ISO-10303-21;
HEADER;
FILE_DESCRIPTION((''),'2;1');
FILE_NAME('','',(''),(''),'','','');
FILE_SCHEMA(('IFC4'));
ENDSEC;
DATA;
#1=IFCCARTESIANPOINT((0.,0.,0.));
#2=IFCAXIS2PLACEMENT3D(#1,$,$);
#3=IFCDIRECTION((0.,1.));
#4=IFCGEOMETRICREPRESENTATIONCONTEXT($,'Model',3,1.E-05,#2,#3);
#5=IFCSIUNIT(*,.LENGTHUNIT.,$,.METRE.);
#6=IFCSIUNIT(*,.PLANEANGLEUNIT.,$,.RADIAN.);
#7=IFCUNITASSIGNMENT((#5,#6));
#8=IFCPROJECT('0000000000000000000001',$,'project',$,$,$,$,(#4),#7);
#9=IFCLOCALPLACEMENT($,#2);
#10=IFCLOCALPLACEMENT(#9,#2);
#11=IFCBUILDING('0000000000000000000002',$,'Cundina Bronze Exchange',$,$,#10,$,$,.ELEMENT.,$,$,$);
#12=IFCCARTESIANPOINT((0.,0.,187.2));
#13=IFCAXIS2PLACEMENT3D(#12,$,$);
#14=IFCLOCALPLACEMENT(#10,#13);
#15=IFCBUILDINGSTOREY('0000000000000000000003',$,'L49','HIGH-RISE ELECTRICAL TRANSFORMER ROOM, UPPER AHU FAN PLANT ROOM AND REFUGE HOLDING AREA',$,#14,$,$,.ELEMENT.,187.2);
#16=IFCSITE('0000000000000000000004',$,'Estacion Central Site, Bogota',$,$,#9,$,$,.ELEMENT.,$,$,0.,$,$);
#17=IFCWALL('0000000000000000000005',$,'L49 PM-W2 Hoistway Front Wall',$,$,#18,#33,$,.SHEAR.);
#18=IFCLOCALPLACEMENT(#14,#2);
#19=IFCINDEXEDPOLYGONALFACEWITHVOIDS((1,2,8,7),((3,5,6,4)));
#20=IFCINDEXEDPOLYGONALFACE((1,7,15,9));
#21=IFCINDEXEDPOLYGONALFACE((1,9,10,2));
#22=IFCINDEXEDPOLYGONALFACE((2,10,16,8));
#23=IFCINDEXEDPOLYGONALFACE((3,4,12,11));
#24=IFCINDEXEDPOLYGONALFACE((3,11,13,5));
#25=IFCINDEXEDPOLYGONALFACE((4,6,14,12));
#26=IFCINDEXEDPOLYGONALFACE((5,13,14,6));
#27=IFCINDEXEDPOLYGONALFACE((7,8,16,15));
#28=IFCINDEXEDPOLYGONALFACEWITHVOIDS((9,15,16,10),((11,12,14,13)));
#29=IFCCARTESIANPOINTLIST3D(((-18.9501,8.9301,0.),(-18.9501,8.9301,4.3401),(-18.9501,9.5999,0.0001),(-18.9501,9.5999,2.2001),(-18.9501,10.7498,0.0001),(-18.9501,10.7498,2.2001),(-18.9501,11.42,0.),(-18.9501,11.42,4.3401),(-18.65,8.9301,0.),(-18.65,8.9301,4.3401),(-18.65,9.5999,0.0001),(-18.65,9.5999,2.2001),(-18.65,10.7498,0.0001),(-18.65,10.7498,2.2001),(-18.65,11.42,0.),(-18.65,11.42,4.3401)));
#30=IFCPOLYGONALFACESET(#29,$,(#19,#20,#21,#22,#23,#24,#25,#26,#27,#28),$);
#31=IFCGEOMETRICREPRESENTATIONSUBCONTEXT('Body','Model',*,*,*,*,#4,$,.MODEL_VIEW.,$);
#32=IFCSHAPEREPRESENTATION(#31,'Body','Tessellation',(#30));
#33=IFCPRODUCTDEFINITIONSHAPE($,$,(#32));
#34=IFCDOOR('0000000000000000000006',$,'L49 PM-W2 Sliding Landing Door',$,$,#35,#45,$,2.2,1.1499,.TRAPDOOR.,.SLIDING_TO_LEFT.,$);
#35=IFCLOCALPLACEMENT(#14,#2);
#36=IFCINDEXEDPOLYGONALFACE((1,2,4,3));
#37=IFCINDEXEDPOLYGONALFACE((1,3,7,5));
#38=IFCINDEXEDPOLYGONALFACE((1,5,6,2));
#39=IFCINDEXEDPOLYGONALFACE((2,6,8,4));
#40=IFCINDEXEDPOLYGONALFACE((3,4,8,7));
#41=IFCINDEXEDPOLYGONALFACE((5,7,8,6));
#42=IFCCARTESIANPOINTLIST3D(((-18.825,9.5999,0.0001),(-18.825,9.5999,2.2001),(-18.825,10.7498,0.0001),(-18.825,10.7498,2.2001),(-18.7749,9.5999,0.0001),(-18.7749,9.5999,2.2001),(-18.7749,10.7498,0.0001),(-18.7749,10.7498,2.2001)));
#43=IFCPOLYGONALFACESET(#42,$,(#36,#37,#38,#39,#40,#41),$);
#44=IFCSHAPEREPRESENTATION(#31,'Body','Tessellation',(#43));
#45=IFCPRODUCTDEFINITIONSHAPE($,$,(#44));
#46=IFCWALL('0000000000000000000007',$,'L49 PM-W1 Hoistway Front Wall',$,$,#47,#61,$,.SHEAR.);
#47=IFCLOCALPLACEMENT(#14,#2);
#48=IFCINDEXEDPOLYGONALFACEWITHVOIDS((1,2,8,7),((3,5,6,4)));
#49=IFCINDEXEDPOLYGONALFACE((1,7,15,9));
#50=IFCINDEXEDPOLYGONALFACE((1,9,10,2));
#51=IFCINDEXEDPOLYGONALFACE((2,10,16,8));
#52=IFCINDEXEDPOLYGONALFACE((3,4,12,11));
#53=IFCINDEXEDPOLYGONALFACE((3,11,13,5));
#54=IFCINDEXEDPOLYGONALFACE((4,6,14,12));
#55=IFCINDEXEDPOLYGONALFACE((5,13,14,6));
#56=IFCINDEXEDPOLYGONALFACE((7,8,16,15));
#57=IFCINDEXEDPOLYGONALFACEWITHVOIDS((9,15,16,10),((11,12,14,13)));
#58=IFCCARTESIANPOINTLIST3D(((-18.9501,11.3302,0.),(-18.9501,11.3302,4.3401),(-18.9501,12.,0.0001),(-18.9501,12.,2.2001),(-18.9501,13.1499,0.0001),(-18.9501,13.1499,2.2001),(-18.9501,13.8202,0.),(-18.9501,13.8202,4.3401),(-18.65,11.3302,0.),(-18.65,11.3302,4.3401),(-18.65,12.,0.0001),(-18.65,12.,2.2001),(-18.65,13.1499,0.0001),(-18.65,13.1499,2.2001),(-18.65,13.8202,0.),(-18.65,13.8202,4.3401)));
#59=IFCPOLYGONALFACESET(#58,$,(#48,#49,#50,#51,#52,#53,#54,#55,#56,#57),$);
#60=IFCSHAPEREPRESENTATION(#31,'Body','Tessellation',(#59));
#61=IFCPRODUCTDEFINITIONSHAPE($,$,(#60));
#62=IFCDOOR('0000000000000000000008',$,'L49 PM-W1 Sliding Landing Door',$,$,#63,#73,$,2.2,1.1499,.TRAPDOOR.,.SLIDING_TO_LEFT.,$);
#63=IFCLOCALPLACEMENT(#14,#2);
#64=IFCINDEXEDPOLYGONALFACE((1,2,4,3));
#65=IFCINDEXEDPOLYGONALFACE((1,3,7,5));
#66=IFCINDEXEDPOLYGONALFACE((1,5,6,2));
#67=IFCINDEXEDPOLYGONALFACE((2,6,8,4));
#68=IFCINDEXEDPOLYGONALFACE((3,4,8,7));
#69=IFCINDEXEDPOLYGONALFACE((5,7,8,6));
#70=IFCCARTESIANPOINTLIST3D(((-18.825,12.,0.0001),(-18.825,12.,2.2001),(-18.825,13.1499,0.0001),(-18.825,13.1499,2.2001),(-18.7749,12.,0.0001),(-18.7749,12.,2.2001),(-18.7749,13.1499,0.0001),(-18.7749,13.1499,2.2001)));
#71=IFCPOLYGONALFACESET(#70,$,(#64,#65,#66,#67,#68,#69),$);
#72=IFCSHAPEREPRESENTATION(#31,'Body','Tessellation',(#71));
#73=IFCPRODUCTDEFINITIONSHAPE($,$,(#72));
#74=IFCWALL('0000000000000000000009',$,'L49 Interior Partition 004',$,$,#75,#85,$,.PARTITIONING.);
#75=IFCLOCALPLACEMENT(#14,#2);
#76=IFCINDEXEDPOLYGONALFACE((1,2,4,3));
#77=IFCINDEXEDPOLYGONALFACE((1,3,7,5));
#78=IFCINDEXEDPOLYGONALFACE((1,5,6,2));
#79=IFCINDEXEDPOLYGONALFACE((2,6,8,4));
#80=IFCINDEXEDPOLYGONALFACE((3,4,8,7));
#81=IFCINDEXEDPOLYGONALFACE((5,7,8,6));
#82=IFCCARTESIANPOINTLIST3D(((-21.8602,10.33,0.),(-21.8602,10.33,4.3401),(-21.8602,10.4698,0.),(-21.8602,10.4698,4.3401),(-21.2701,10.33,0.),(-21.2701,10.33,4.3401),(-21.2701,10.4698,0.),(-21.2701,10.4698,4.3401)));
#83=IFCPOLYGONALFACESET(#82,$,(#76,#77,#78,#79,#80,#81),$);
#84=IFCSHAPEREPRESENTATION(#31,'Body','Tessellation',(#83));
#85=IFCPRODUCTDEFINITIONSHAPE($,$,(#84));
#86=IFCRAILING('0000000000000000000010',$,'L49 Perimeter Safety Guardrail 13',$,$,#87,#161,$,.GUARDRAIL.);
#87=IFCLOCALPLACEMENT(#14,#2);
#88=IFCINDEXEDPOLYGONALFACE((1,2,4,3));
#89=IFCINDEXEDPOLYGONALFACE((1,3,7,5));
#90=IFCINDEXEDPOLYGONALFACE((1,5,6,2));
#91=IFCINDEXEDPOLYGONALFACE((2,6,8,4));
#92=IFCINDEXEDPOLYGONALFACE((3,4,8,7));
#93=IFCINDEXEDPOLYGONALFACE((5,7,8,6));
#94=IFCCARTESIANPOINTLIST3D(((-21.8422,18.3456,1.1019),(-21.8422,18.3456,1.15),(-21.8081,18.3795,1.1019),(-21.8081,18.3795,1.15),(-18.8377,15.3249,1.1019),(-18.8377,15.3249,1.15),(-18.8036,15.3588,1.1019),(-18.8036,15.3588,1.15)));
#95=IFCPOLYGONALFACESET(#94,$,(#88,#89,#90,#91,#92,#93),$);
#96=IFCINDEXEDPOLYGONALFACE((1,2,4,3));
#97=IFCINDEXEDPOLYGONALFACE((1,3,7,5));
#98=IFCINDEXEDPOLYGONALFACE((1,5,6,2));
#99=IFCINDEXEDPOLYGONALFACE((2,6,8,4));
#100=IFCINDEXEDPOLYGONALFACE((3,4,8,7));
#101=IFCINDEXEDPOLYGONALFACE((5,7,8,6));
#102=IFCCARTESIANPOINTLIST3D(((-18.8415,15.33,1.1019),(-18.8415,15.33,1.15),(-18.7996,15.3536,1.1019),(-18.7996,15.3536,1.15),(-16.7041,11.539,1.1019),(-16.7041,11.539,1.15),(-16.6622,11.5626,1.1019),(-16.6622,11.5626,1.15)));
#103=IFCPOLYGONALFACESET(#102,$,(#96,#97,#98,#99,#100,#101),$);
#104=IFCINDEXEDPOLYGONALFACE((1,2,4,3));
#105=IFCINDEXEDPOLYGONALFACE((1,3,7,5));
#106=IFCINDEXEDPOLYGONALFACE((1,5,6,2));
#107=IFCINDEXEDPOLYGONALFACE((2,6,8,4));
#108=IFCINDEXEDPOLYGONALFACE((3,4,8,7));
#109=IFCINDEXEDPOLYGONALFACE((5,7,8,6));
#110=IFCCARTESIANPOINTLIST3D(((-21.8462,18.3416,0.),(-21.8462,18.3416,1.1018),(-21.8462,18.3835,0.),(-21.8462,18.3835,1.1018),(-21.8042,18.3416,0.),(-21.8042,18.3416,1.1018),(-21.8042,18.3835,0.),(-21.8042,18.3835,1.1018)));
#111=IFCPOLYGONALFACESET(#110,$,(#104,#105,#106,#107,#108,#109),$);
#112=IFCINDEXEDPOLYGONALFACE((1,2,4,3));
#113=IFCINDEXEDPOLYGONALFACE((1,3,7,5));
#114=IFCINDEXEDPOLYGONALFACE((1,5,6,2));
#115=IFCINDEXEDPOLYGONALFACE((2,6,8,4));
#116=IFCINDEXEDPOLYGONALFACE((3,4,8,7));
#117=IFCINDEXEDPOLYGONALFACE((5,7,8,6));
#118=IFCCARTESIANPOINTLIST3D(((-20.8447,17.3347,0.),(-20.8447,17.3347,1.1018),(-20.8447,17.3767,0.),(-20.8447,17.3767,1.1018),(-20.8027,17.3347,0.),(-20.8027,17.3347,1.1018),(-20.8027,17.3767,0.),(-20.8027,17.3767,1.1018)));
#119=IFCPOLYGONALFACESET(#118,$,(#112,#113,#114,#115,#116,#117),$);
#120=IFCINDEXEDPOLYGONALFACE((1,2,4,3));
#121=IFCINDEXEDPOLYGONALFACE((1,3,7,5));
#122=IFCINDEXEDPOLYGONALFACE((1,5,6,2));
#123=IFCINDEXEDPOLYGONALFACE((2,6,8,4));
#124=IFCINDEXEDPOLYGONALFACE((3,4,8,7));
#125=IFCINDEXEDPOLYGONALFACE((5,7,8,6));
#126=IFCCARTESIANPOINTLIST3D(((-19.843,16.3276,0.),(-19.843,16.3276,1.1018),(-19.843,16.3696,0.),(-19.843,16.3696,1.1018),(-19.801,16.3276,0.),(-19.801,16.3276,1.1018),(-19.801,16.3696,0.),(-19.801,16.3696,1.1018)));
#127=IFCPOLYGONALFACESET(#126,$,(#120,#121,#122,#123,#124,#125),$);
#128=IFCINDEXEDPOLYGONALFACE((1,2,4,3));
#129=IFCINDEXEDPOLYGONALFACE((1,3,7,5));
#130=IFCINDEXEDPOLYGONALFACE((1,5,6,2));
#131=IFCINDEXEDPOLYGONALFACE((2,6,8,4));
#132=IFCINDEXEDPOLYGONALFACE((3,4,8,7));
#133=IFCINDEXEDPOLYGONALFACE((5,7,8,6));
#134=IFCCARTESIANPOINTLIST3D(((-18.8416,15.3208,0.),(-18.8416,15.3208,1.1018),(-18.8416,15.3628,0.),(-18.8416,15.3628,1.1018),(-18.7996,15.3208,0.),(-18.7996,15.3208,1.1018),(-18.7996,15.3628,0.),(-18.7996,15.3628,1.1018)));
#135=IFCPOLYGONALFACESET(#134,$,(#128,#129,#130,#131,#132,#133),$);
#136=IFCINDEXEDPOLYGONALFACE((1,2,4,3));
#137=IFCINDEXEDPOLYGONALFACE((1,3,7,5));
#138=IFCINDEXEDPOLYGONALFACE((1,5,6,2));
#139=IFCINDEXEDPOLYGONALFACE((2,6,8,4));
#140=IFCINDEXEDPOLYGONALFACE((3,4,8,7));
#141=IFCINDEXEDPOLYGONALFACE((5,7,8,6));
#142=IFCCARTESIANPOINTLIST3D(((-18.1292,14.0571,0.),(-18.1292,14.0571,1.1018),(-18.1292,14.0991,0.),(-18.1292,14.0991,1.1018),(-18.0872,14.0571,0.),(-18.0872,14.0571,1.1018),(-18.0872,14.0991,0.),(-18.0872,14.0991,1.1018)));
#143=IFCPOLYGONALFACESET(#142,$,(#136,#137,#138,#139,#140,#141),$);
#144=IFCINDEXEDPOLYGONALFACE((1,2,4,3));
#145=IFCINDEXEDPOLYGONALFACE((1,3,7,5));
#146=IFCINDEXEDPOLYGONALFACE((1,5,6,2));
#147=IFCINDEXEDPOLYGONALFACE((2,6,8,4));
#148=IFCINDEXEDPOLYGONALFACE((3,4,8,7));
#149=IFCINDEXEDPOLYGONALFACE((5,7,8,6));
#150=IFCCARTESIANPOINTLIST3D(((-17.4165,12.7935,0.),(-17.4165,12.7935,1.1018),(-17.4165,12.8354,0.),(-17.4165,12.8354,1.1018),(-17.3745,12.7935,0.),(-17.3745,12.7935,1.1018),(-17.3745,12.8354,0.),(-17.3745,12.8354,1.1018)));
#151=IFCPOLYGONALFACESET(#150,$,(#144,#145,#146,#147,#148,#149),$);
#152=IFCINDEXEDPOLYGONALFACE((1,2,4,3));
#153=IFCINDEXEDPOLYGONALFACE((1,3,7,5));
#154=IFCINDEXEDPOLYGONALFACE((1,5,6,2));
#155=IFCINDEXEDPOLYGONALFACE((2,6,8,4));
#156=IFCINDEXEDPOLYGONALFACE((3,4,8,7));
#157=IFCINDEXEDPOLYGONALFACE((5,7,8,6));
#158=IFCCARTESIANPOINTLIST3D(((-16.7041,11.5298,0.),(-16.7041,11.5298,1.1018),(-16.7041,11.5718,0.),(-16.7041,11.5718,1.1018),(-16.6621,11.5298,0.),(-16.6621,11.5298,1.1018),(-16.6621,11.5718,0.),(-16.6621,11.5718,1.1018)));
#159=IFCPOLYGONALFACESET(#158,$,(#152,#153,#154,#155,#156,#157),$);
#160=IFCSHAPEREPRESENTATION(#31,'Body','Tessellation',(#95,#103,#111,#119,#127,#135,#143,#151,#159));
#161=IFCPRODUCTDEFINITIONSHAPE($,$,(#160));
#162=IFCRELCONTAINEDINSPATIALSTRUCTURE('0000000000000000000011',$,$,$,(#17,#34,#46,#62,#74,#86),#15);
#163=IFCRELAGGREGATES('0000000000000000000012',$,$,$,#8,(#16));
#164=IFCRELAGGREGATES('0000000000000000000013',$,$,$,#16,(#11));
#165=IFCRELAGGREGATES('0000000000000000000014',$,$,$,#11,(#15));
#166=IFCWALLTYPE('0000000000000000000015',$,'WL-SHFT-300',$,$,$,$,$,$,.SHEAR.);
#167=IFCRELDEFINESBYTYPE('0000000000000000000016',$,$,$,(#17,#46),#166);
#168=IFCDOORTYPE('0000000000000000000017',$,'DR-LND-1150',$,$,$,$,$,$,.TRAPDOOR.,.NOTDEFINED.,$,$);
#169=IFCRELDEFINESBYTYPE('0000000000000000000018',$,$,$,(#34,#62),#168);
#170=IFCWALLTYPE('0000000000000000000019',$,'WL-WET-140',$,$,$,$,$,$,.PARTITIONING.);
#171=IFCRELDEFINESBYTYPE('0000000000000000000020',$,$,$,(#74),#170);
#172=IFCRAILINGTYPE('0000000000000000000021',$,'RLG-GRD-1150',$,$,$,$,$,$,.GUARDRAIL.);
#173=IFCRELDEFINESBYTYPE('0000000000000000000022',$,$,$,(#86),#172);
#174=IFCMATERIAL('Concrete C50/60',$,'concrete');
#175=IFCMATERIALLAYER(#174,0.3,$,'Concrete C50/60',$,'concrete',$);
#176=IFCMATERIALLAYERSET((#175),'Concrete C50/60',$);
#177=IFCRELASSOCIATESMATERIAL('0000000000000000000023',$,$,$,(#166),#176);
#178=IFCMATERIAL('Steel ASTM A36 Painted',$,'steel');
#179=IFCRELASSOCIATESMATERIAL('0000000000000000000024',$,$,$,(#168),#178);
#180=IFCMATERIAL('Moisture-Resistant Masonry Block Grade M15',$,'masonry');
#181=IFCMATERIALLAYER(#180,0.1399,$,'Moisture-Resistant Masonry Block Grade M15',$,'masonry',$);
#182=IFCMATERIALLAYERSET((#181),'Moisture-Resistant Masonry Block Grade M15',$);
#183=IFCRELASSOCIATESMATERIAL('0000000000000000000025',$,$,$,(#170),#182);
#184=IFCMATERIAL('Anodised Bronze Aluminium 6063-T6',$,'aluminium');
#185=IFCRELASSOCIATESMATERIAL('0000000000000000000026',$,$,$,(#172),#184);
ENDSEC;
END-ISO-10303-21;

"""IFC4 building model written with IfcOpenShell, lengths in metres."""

from ifc_helpers import new_model, si_unit, direction, frame, frame_2d, origin, origin_2d, place, context, subcontext, project, spatial, rectangle, extrude, material, layer, layer_set, type_object, element, fill, save


model = new_model("IFC4")

# Units and contexts
model_context = context("Model", 3, precision=1e-05, world=origin(), true_north=direction((0.0, 1.0)))
body_context = subcontext(model_context, "Body", "Model", "MODEL_VIEW")
ifc_project = project(units=[si_unit("LENGTHUNIT", "METRE"), si_unit("PLANEANGLEUNIT", "RADIAN")], contexts=[model_context])

# Site, building, storey
site_placement = place(None, origin())
site = spatial("IfcSite", under=ifc_project, at=site_placement, Name="Estacion Central Site, Bogota", CompositionType="ELEMENT", RefElevation=0.0)
building_placement = place(site_placement, origin())
building = spatial("IfcBuilding", under=site, at=building_placement, Name="Cundina Bronze Exchange", CompositionType="ELEMENT")
storey_placement = place(building_placement, frame((0.0, 0.0, 187.2)))
storey = spatial("IfcBuildingStorey", under=building, at=storey_placement, Name="L49", Description="HIGH-RISE ELECTRICAL TRANSFORMER ROOM, UPPER AHU FAN PLANT ROOM AND REFUGE HOLDING AREA", CompositionType="ELEMENT", Elevation=187.2)

# Shared definitions
ifc_material_1 = material(Name="Concrete C50/60", Category="concrete")

# Shared definitions
ifc_layer_1 = layer(ifc_material_1, 0.3, Name="Concrete C50/60", Category="concrete")
ifc_layer_set_1 = layer_set([ifc_layer_1], Name="Concrete C50/60")
wall_type_1 = type_object("IfcWallType", Name="WL-SHFT-300", PredefinedType="SHEAR", material=ifc_layer_set_1)

# Walls, openings, doors
wall_1_placement = place(storey_placement, frame((-18.8, 8.9299, 0.0), z_axis=(0.0, 0.0, 1.0), x_axis=(0.0, 1.0, 0.0)))
wall_1 = element("IfcWall", 1, at=wall_1_placement, inside=storey, type_object=wall_type_1, Name="L49 PM-W2 Hoistway Front Wall", PredefinedType="SHEAR", context=body_context, shape_type="SweptSolid", body=[
    extrude(rectangle(XDim=2.49, YDim=0.3, at=frame_2d((1.2451, 0.0))), origin(), (0.0, 0.0, 1.0), 4.3401),
])
opening_1_placement = place(wall_1_placement, frame((0.6699, 0.0, 0.0)))
opening_1 = element("IfcOpeningElement", 2, at=opening_1_placement, cuts=wall_1, PredefinedType="OPENING", context=body_context, shape_type="SweptSolid", body=[
    extrude(rectangle(XDim=1.1499, YDim=2.2, at=frame_2d((0.575, 1.1001))), frame((0.0, 0.1599, 0.0), z_axis=(0.0, -1.0, 0.0), x_axis=(1.0, 0.0, 0.0)), (0.0, 0.0, 1.0), 0.3201),
])
ifc_material_2 = material(Name="Steel ASTM A36 Painted", Category="steel")
door_type_1 = type_object("IfcDoorType", Name="DR-LND-1150", OperationType="NOTDEFINED", PredefinedType="TRAPDOOR", material=ifc_material_2)
door_1_placement = place(opening_1_placement, origin())
door_1 = element("IfcDoor", 3, at=door_1_placement, inside=storey, type_object=door_type_1, Name="L49 PM-W2 Sliding Landing Door", OperationType="SLIDING_TO_LEFT", OverallHeight=2.2, OverallWidth=1.1499, PredefinedType="TRAPDOOR", context=body_context, shape_type="SweptSolid", body=[
    extrude(rectangle(XDim=1.1499, YDim=2.2, at=frame_2d((0.575, 1.1001))), frame((0.0, 0.0249, 0.0), z_axis=(0.0, -1.0, 0.0), x_axis=(1.0, 0.0, 0.0)), (0.0, 0.0, 1.0), 0.05),
])
fill(opening_1, door_1)
wall_2_placement = place(storey_placement, frame((-18.8, 11.3301, 0.0), z_axis=(0.0, 0.0, 1.0), x_axis=(0.0, 1.0, 0.0)))
wall_2 = element("IfcWall", 4, at=wall_2_placement, inside=storey, type_object=wall_type_1, Name="L49 PM-W1 Hoistway Front Wall", PredefinedType="SHEAR", context=body_context, shape_type="SweptSolid", body=[
    extrude(rectangle(XDim=2.49, YDim=0.3, at=frame_2d((1.2451, 0.0))), origin(), (0.0, 0.0, 1.0), 4.3401),
])
opening_2_placement = place(wall_2_placement, frame((0.6699, 0.0, 0.0)))
opening_2 = element("IfcOpeningElement", 5, at=opening_2_placement, cuts=wall_2, PredefinedType="OPENING", context=body_context, shape_type="SweptSolid", body=[
    extrude(rectangle(XDim=1.1499, YDim=2.2, at=frame_2d((0.575, 1.1001))), frame((0.0, 0.1599, 0.0), z_axis=(0.0, -1.0, 0.0), x_axis=(1.0, 0.0, 0.0)), (0.0, 0.0, 1.0), 0.3201),
])
door_2_placement = place(opening_2_placement, origin())
door_2 = element("IfcDoor", 6, at=door_2_placement, inside=storey, type_object=door_type_1, Name="L49 PM-W1 Sliding Landing Door", OperationType="SLIDING_TO_LEFT", OverallHeight=2.2, OverallWidth=1.1499, PredefinedType="TRAPDOOR", context=body_context, shape_type="SweptSolid", body=[
    extrude(rectangle(XDim=1.1499, YDim=2.2, at=frame_2d((0.575, 1.1001))), frame((0.0, 0.0249, 0.0), z_axis=(0.0, -1.0, 0.0), x_axis=(1.0, 0.0, 0.0)), (0.0, 0.0, 1.0), 0.05),
])
fill(opening_2, door_2)

# Wall
ifc_material_3 = material(Name="Moisture-Resistant Masonry Block Grade M15", Category="masonry")
ifc_layer_2 = layer(ifc_material_3, 0.1399, Name="Moisture-Resistant Masonry Block Grade M15", Category="masonry")
ifc_layer_set_2 = layer_set([ifc_layer_2], Name="Moisture-Resistant Masonry Block Grade M15")
wall_type_2 = type_object("IfcWallType", Name="WL-WET-140", PredefinedType="PARTITIONING", material=ifc_layer_set_2)
wall_3_placement = place(storey_placement, frame((-21.8601, 10.3999, 0.0), z_axis=(0.0, 0.0, 1.0), x_axis=(1.0, 0.0, 0.0)))
element("IfcWall", 7, at=wall_3_placement, inside=storey, type_object=wall_type_2, Name="L49 Interior Partition 004", PredefinedType="PARTITIONING", context=body_context, shape_type="SweptSolid", body=[
    extrude(rectangle(XDim=0.5901, YDim=0.1399, at=frame_2d((0.2949, 0.0))), origin(), (0.0, 0.0, 1.0), 4.3401),
])

# Railing
ifc_material_4 = material(Name="Anodised Bronze Aluminium 6063-T6", Category="aluminium")
railing_type = type_object("IfcRailingType", Name="RLG-GRD-1150", PredefinedType="GUARDRAIL", material=ifc_material_4)
railing_1_placement = place(storey_placement, frame((-21.8252, 18.3625, 0.0)))
element("IfcRailing", 8, at=railing_1_placement, inside=storey, type_object=railing_type, Name="L49 Perimeter Safety Guardrail 13", PredefinedType="GUARDRAIL", context=body_context, shape_type="SweptSolid", body=[
    extrude(rectangle(XDim=0.0481, YDim=0.0481, at=origin_2d()), frame((0.0, 0.0, 1.126), z_axis=(0.705213, -0.708995, 0.0), x_axis=(0.708995, 0.705213, 0.0)), (0.0, 0.0, 1.0), 4.2605),
    extrude(rectangle(XDim=0.0481, YDim=0.0481, at=origin_2d()), frame((3.0046, -3.0208, 1.126), z_axis=(0.491135, -0.871084, 0.0), x_axis=(0.871084, 0.491135, 0.0)), (0.0, 0.0, 1.0), 4.3521),
    extrude(rectangle(XDim=0.042, YDim=0.042, at=origin_2d()), origin(), (0.0, 0.0, 1.0), 1.1018),
    extrude(rectangle(XDim=0.042, YDim=0.042, at=origin_2d()), frame((1.0015, -1.0068, 0.0)), (0.0, 0.0, 1.0), 1.1018),
    extrude(rectangle(XDim=0.042, YDim=0.042, at=origin_2d()), frame((2.0032, -2.0139, 0.0)), (0.0, 0.0, 1.0), 1.1018),
    extrude(rectangle(XDim=0.042, YDim=0.042, at=origin_2d()), frame((3.0046, -3.0208, 0.0)), (0.0, 0.0, 1.0), 1.1018),
    extrude(rectangle(XDim=0.042, YDim=0.042, at=origin_2d()), frame((3.717, -4.2844, 0.0)), (0.0, 0.0, 1.0), 1.1018),
    extrude(rectangle(XDim=0.042, YDim=0.042, at=origin_2d()), frame((4.4297, -5.5481, 0.0)), (0.0, 0.0, 1.0), 1.1018),
    extrude(rectangle(XDim=0.042, YDim=0.042, at=origin_2d()), frame((5.1421, -6.8118, 0.0)), (0.0, 0.0, 1.0), 1.1018),
])

save(model, "model.ifc")
